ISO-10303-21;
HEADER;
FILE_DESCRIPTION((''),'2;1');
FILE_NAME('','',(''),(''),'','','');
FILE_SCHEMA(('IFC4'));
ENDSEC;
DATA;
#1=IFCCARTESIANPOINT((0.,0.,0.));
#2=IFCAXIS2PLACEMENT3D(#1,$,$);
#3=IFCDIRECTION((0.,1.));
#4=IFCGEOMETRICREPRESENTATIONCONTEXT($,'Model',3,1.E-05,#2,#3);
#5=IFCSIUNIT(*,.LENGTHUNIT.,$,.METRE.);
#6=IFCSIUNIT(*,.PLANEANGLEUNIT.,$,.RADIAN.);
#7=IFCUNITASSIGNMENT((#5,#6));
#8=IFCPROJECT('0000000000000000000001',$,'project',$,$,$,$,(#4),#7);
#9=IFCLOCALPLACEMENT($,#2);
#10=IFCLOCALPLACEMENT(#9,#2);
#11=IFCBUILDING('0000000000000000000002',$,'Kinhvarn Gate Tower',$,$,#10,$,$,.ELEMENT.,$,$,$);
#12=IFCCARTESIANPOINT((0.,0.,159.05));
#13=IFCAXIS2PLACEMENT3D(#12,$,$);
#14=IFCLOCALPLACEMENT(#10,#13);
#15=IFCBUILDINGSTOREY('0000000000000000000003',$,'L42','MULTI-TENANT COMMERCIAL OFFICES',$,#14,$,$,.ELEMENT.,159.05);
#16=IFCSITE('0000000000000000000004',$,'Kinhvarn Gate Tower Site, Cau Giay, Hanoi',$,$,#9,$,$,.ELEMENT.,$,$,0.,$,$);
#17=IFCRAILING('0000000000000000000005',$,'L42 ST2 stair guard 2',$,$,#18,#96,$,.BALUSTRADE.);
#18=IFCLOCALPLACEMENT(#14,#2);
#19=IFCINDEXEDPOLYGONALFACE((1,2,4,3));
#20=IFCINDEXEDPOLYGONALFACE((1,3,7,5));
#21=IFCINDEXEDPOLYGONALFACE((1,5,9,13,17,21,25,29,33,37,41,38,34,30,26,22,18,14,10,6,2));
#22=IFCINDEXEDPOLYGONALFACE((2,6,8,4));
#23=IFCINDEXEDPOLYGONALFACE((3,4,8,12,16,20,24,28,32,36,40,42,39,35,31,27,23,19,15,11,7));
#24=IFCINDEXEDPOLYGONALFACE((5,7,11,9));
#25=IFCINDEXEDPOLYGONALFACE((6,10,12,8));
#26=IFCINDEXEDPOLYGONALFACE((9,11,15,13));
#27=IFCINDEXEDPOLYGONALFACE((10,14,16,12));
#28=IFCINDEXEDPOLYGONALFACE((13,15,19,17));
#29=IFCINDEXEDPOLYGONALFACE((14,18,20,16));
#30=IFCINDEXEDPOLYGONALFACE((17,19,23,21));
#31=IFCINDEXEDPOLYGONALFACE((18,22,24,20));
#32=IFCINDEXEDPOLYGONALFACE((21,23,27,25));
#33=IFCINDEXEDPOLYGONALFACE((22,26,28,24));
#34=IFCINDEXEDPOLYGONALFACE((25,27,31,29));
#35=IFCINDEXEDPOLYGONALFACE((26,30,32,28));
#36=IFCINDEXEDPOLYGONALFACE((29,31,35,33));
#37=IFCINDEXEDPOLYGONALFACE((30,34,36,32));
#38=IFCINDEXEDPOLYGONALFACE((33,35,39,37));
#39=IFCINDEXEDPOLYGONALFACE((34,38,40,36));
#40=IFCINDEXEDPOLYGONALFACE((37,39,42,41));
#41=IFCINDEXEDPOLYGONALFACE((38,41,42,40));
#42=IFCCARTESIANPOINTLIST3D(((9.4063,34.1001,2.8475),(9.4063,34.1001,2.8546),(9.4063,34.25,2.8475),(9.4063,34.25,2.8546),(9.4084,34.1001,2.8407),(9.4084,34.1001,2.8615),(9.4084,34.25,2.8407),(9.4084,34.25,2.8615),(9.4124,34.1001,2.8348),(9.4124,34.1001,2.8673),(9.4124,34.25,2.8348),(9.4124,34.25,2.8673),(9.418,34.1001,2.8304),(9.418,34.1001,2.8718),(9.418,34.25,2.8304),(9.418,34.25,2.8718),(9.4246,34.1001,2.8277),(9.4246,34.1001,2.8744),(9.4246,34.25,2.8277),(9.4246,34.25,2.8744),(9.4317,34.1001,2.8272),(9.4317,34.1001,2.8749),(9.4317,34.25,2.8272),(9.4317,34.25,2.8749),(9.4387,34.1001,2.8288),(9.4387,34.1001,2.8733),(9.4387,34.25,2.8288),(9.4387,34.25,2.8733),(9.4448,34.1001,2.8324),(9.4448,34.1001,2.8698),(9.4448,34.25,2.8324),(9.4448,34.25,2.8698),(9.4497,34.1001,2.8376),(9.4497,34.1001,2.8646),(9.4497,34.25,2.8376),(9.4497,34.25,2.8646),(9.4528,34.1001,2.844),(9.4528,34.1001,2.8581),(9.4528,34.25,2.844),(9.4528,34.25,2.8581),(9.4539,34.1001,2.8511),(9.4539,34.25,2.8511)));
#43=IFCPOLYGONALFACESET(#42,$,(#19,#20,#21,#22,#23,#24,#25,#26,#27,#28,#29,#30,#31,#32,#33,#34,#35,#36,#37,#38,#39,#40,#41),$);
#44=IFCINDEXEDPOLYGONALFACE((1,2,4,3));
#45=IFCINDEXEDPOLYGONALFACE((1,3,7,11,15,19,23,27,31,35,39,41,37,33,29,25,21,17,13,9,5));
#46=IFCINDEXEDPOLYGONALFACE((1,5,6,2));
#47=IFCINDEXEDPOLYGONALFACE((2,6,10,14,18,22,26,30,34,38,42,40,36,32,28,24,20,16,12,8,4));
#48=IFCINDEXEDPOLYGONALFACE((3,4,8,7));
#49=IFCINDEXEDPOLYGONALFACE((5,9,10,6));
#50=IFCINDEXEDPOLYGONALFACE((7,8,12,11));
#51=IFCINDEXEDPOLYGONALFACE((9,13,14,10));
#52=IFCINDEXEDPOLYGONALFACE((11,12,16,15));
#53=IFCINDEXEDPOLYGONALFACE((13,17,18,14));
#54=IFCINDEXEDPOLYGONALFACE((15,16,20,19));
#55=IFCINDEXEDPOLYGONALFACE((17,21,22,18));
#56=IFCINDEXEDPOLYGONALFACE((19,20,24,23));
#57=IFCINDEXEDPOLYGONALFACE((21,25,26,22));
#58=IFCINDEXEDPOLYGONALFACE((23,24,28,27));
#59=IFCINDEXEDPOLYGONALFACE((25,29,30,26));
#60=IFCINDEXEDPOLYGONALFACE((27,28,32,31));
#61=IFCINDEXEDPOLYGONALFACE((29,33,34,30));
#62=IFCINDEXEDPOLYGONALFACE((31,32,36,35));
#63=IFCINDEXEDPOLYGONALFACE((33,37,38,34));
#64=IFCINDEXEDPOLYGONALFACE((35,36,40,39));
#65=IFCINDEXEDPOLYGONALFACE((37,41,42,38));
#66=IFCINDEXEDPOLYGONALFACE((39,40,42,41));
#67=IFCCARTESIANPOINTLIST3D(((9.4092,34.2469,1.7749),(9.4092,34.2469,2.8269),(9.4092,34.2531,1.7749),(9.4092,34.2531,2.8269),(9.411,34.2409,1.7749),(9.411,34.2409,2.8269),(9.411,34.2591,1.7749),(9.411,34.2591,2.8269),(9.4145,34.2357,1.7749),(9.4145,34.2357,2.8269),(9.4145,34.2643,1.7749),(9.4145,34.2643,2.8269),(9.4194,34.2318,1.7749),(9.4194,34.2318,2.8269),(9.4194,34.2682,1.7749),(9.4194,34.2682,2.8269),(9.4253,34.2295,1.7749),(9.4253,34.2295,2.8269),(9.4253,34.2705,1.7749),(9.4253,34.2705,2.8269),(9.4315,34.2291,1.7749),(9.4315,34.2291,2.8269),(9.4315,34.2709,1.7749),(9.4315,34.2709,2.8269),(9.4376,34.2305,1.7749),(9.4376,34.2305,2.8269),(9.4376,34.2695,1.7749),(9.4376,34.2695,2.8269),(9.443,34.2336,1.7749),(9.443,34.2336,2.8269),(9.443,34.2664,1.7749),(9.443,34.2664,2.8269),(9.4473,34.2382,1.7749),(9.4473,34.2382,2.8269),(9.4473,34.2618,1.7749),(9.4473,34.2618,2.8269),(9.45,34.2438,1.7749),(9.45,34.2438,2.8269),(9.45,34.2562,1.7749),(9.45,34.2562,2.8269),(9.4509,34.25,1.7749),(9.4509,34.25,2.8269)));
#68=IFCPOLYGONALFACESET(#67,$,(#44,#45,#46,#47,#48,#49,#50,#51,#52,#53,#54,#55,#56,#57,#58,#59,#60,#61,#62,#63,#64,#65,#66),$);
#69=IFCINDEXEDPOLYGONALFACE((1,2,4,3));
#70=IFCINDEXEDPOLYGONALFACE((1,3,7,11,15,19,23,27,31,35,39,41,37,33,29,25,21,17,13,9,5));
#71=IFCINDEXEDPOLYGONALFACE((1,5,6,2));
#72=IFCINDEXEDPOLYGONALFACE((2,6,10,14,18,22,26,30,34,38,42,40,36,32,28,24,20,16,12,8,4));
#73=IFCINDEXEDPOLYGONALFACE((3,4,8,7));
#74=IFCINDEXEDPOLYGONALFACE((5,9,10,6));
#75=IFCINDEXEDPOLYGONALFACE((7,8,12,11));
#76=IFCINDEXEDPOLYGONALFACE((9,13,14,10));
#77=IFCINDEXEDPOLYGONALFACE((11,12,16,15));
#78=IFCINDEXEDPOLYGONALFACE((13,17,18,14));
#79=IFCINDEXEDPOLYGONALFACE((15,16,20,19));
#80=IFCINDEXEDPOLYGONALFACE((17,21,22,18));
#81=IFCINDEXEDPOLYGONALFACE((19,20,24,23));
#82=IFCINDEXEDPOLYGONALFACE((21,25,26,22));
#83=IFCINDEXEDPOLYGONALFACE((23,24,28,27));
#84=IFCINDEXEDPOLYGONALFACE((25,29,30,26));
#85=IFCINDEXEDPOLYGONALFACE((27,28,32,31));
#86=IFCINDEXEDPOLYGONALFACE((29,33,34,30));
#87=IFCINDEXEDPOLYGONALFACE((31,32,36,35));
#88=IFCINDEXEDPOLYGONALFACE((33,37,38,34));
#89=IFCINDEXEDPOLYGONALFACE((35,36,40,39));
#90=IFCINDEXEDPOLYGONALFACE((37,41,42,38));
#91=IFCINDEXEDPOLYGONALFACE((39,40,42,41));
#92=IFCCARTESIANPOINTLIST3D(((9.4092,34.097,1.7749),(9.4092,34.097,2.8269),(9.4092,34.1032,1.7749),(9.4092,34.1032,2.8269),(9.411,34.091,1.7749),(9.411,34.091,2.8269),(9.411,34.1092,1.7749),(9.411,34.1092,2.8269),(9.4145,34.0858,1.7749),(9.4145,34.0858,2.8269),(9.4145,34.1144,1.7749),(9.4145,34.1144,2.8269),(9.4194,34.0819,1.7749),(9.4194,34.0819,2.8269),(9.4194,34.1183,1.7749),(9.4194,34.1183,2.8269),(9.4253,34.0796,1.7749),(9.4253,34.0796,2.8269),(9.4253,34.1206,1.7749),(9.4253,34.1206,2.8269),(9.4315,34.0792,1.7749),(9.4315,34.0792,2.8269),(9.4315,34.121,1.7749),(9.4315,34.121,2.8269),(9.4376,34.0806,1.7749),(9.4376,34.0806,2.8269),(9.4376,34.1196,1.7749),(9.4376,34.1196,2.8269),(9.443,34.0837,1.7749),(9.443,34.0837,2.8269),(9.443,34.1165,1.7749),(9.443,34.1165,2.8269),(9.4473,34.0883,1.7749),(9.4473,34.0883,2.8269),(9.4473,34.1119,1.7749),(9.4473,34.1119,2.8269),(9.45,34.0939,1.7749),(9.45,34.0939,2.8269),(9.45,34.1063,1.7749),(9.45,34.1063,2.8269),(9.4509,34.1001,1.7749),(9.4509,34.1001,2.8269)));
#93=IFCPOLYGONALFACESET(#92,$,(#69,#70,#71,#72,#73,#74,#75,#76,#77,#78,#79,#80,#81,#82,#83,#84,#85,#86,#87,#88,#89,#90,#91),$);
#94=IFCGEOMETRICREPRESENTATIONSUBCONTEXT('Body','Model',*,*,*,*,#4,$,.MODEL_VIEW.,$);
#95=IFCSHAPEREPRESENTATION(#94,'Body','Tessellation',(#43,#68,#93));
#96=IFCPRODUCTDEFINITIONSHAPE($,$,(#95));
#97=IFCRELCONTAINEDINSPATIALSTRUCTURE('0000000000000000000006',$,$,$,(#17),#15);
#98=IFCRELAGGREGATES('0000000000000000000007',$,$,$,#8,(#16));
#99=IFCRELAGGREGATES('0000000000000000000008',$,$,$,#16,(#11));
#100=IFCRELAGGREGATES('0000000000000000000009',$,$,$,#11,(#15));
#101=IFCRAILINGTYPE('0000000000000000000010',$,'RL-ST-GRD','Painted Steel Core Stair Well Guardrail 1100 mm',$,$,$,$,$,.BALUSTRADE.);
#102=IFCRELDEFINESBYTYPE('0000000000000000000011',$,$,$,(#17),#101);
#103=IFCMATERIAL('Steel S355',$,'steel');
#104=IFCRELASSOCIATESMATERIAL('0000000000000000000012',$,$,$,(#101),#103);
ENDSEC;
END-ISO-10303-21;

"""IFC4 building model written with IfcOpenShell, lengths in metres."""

from ifc_helpers import new_model, si_unit, direction, frame, origin, origin_2d, place, context, subcontext, project, spatial, circle, extrude, material, type_object, element, save


model = new_model("IFC4")

# Units and contexts
model_context = context("Model", 3, precision=1e-05, world=origin(), true_north=direction((0.0, 1.0)))
body_context = subcontext(model_context, "Body", "Model", "MODEL_VIEW")
ifc_project = project(units=[si_unit("LENGTHUNIT", "METRE"), si_unit("PLANEANGLEUNIT", "RADIAN")], contexts=[model_context])

# Site, building, storey
site_placement = place(None, origin())
site = spatial("IfcSite", under=ifc_project, at=site_placement, Name="Kinhvarn Gate Tower Site, Cau Giay, Hanoi", CompositionType="ELEMENT", RefElevation=0.0)
building_placement = place(site_placement, origin())
building = spatial("IfcBuilding", under=site, at=building_placement, Name="Kinhvarn Gate Tower", CompositionType="ELEMENT")
storey_placement = place(building_placement, frame((0.0, 0.0, 159.05)))
storey = spatial("IfcBuildingStorey", under=building, at=storey_placement, Name="L42", Description="MULTI-TENANT COMMERCIAL OFFICES", CompositionType="ELEMENT", Elevation=159.05)

# Shared definitions
ifc_material_1 = material(Name="Steel S355", Category="steel")

# Railing
railing_type_1 = type_object("IfcRailingType", Name="RL-ST-GRD", Description="Painted Steel Core Stair Well Guardrail 1100 mm", PredefinedType="BALUSTRADE", material=ifc_material_1)
railing_1_placement = place(storey_placement, frame((9.4299, 34.25, 1.7749)))
element("IfcRailing", 1, at=railing_1_placement, inside=storey, type_object=railing_type_1, Name="L42 ST2 stair guard 2", PredefinedType="BALUSTRADE", context=body_context, shape_type="SweptSolid", body=[
    extrude(circle(Radius=0.0239, at=origin_2d()), frame((0.0, 0.0, 1.0762), z_axis=(0.0, -1.0, 0.0), x_axis=(1.0, 0.0, 0.0)), (0.0, 0.0, 1.0), 0.1499),
    extrude(circle(Radius=0.021, at=origin_2d()), origin(), (0.0, 0.0, 1.0), 1.052),
    extrude(circle(Radius=0.021, at=origin_2d()), frame((0.0, -0.1499, 0.0)), (0.0, 0.0, 1.0), 1.052),
])

save(model, "model.ifc")
